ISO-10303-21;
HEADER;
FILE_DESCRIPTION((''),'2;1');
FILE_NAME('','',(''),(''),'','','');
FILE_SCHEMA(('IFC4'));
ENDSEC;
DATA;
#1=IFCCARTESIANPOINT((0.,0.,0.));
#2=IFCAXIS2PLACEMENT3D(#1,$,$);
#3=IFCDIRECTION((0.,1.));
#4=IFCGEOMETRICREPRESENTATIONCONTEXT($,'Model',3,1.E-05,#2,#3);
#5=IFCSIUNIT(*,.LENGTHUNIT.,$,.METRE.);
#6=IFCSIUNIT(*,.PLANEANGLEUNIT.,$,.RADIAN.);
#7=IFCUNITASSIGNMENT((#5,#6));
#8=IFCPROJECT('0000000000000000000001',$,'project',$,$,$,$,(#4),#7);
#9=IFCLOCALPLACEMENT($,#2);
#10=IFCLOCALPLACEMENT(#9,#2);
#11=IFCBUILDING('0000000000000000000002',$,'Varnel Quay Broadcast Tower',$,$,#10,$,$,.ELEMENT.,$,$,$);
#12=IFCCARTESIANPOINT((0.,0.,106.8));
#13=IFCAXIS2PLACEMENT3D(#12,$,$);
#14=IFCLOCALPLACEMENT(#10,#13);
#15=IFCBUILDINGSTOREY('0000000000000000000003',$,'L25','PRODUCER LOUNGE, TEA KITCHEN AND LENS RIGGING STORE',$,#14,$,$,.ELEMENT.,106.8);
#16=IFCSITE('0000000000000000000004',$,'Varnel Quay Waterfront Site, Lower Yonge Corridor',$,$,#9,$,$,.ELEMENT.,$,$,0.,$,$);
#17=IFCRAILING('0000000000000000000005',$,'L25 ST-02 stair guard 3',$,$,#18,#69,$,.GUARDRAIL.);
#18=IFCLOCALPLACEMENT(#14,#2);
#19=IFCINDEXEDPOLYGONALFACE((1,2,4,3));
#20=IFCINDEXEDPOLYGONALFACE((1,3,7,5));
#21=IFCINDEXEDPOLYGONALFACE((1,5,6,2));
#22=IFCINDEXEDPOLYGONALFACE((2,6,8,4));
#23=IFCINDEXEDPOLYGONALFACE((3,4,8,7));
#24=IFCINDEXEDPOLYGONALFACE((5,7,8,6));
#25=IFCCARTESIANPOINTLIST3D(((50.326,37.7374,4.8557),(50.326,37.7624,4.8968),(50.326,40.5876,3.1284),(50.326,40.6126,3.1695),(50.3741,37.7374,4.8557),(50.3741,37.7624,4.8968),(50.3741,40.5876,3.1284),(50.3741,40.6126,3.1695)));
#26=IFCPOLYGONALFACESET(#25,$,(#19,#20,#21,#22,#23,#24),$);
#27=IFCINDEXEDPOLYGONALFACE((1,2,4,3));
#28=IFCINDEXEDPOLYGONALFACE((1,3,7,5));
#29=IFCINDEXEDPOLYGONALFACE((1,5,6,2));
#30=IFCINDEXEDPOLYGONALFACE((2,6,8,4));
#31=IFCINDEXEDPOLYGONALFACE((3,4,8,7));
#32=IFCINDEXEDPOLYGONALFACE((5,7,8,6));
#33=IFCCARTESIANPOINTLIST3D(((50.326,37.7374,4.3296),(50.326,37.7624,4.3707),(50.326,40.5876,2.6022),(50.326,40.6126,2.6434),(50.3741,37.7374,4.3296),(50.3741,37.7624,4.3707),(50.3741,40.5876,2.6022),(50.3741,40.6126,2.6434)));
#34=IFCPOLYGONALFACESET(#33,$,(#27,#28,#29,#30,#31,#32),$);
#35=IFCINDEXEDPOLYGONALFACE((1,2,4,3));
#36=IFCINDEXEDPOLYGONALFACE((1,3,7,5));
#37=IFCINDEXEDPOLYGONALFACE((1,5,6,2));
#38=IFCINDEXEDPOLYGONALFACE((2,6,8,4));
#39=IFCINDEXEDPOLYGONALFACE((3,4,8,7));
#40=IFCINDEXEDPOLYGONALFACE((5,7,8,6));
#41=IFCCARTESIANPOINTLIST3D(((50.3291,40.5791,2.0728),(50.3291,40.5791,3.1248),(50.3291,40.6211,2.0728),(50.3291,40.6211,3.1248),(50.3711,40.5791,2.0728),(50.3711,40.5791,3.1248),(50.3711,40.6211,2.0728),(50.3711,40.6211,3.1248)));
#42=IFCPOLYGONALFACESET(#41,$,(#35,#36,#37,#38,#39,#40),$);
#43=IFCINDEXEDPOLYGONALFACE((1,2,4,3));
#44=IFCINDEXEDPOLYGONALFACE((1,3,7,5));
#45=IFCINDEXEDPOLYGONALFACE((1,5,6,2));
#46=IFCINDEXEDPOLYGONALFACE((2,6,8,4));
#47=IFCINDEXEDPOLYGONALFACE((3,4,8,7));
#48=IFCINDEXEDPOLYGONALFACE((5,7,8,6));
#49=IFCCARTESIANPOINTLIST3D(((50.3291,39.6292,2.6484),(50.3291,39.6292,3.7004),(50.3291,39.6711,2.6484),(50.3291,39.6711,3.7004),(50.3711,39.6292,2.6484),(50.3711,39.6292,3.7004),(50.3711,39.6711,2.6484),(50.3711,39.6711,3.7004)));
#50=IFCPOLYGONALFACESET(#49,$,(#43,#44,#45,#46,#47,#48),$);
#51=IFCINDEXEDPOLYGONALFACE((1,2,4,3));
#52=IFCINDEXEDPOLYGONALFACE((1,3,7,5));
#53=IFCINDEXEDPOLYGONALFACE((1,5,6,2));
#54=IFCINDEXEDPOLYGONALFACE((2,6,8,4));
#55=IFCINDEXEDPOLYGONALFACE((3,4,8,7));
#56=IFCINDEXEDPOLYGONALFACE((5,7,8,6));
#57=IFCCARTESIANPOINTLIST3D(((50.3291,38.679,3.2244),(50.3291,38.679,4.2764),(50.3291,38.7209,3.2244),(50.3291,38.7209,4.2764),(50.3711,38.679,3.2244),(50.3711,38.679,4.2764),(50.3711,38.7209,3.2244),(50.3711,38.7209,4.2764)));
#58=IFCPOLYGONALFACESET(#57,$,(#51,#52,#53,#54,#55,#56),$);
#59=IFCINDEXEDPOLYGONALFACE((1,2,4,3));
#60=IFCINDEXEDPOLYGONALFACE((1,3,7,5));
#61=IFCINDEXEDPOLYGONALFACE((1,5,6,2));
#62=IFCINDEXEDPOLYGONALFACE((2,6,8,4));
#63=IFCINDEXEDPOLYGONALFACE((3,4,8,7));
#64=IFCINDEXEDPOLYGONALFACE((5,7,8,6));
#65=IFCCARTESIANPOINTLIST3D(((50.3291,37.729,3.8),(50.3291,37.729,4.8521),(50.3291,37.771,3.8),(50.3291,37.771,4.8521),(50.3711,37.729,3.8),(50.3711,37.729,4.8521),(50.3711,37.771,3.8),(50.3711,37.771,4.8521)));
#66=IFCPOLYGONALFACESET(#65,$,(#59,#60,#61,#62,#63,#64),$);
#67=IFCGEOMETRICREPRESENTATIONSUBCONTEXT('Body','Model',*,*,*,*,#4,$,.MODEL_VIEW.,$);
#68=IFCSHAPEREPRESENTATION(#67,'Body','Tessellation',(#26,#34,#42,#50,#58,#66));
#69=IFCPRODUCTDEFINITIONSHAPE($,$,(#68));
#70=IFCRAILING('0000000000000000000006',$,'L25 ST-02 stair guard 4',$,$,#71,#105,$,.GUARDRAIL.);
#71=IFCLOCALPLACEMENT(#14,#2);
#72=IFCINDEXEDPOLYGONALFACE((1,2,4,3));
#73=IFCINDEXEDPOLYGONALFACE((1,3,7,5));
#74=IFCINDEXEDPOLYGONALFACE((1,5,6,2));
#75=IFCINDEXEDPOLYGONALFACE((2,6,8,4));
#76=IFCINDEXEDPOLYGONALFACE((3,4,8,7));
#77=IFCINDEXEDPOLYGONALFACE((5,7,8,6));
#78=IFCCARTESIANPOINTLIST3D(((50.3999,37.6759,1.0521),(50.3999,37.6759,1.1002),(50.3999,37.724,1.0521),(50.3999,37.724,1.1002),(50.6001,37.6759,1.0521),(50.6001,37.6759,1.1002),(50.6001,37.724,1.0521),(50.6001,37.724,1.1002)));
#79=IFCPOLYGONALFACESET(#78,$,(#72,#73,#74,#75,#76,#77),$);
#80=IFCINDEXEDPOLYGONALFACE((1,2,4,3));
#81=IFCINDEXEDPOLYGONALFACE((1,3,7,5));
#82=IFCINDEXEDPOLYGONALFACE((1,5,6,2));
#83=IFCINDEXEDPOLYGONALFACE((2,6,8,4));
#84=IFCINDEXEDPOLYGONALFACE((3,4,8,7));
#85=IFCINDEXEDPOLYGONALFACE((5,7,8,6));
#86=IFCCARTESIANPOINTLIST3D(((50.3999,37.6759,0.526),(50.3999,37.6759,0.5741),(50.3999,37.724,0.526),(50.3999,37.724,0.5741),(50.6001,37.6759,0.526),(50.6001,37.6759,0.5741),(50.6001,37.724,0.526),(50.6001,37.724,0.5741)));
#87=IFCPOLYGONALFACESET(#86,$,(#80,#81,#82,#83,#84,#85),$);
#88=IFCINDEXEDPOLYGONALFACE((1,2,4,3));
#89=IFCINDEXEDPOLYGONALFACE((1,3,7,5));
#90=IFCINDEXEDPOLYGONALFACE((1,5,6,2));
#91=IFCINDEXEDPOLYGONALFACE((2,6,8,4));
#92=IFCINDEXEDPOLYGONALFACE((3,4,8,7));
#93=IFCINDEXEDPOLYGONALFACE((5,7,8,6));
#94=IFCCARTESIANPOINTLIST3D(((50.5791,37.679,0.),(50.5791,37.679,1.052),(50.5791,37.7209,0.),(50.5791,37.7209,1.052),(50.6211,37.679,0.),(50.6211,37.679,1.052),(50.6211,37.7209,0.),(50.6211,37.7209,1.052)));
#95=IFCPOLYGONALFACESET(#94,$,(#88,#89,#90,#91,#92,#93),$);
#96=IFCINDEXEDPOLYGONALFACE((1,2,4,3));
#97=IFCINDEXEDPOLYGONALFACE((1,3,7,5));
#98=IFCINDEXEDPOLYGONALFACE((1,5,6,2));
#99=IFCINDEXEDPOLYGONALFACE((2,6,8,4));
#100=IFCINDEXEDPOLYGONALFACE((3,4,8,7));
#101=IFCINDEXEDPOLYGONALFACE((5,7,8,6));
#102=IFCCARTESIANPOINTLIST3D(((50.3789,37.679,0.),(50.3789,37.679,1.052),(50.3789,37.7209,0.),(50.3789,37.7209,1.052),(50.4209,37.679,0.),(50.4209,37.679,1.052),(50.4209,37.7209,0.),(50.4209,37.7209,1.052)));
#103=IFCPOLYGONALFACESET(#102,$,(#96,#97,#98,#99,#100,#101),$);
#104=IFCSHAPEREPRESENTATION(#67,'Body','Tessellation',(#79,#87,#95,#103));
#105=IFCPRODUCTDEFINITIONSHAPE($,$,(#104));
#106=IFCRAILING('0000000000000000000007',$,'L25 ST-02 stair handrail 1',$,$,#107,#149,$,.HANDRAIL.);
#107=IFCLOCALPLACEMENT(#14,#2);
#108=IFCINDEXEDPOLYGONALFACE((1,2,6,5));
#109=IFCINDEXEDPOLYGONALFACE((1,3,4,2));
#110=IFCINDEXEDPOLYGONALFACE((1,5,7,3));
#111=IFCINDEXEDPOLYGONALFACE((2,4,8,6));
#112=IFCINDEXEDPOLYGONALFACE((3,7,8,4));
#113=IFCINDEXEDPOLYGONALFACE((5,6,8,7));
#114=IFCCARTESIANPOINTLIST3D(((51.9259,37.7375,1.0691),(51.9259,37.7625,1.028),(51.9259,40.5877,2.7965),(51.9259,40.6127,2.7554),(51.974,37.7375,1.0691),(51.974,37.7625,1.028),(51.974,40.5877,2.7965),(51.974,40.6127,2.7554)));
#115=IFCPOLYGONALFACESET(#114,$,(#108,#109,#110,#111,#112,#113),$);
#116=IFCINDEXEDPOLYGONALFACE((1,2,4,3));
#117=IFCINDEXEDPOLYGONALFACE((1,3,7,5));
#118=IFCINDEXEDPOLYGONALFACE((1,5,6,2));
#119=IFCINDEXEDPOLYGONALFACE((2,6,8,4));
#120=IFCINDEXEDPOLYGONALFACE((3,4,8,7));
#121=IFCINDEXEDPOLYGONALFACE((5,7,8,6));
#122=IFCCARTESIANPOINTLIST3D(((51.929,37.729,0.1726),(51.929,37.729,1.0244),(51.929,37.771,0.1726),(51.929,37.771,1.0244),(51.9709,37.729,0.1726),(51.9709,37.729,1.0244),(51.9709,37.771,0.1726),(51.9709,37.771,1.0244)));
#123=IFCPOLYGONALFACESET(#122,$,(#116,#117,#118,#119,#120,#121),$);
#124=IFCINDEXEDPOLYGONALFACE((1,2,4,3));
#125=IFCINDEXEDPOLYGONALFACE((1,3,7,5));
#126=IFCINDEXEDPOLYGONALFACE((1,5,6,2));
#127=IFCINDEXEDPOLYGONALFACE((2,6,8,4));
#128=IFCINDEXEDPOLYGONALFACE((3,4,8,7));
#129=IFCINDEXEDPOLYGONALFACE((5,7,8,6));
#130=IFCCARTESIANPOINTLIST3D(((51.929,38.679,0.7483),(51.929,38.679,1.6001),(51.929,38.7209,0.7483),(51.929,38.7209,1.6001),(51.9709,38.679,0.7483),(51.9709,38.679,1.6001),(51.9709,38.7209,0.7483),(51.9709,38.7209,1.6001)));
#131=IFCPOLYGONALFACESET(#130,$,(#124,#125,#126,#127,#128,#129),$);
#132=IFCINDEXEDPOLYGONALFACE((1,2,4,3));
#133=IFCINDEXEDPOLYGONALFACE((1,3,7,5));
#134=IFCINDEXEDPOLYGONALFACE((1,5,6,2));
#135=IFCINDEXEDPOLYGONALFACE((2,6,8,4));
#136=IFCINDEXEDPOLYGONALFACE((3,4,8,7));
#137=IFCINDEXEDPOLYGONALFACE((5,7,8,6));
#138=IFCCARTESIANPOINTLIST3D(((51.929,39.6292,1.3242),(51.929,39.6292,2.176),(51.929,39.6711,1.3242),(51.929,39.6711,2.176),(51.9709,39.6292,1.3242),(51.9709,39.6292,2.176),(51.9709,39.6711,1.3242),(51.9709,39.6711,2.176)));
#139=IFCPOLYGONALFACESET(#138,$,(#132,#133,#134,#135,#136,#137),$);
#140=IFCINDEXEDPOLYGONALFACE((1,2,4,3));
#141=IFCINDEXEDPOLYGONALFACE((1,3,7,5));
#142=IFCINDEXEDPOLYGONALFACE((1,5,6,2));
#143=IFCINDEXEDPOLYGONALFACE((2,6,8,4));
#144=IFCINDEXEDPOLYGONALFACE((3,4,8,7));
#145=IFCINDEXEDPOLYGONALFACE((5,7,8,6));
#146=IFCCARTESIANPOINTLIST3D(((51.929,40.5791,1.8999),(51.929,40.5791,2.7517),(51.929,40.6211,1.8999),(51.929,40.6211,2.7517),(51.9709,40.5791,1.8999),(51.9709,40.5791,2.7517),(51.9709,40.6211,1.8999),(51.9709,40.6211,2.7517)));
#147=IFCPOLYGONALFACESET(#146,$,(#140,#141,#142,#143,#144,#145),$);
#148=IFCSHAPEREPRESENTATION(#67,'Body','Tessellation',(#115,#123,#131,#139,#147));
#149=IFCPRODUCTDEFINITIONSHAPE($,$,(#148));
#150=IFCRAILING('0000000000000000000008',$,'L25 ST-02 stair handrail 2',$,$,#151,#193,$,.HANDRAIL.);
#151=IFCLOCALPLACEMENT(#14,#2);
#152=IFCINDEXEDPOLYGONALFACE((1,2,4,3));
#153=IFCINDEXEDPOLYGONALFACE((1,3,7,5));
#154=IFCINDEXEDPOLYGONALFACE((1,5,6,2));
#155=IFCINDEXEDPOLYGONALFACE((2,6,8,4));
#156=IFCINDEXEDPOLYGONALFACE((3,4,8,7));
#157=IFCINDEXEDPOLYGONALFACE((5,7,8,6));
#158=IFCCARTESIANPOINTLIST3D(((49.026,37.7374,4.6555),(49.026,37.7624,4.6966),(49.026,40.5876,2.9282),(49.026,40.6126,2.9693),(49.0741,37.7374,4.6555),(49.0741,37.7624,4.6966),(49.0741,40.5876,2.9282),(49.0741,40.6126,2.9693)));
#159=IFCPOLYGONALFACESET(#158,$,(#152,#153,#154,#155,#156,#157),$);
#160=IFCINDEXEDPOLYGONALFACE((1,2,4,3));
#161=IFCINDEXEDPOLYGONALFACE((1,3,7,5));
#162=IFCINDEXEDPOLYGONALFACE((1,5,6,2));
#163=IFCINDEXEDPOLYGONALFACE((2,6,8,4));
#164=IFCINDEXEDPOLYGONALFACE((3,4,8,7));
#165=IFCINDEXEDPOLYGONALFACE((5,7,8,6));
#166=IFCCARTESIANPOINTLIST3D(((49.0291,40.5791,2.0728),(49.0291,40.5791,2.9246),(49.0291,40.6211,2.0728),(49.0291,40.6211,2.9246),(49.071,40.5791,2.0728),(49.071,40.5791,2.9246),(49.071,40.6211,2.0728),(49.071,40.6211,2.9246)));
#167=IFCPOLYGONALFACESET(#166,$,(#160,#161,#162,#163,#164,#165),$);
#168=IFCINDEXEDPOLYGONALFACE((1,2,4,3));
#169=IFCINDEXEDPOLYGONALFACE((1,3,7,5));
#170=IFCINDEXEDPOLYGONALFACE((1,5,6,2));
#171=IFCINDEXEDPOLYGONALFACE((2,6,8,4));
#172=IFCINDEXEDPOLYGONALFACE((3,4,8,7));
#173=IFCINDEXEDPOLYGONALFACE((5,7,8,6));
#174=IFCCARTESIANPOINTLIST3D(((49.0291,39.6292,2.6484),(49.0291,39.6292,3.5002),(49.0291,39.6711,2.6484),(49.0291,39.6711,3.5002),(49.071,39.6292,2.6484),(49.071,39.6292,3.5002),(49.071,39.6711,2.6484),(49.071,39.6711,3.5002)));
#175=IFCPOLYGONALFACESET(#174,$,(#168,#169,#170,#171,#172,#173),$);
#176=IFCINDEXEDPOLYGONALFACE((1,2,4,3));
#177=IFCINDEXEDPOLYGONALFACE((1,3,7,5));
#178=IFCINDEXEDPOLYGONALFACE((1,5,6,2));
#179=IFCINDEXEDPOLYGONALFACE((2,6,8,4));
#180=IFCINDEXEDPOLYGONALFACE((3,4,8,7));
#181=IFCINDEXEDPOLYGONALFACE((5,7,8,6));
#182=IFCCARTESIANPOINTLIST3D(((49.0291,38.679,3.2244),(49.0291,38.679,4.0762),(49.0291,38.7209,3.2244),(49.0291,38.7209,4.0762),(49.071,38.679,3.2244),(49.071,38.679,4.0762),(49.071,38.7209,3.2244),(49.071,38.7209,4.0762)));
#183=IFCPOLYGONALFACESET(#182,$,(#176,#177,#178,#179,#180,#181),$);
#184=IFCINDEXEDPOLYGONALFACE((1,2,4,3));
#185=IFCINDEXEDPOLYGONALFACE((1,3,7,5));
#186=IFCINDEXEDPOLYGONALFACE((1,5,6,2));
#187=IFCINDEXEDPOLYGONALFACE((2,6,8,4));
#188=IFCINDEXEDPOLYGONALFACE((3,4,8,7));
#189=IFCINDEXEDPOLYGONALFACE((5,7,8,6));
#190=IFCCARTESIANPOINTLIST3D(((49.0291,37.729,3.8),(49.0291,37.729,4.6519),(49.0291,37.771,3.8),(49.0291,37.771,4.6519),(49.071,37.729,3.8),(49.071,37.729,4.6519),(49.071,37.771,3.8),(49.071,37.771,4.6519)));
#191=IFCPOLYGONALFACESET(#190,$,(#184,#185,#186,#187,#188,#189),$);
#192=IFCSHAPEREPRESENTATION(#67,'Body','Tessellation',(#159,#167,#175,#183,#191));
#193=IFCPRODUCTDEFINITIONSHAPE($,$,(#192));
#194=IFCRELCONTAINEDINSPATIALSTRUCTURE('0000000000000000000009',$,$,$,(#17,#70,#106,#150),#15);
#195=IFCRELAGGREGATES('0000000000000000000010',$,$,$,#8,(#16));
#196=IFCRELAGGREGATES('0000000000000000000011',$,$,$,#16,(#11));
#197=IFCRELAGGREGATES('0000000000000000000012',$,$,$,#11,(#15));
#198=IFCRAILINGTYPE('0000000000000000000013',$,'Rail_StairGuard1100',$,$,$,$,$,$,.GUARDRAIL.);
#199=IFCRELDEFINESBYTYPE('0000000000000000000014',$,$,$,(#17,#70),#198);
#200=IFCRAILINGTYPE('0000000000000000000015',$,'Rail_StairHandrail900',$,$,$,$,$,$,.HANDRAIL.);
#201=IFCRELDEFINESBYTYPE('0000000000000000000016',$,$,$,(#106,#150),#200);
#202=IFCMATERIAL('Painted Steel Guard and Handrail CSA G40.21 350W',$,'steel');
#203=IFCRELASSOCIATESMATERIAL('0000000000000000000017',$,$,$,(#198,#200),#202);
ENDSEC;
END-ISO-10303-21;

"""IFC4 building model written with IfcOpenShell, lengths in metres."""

from ifc_helpers import new_model, si_unit, direction, frame, origin, origin_2d, place, context, subcontext, project, spatial, rectangle, extrude, material, type_object, element, save


model = new_model("IFC4")

# Units and contexts
model_context = context("Model", 3, precision=1e-05, world=origin(), true_north=direction((0.0, 1.0)))
body_context = subcontext(model_context, "Body", "Model", "MODEL_VIEW")
ifc_project = project(units=[si_unit("LENGTHUNIT", "METRE"), si_unit("PLANEANGLEUNIT", "RADIAN")], contexts=[model_context])

# Site, building, storey
site_placement = place(None, origin())
site = spatial("IfcSite", under=ifc_project, at=site_placement, Name="Varnel Quay Waterfront Site, Lower Yonge Corridor", CompositionType="ELEMENT", RefElevation=0.0)
building_placement = place(site_placement, origin())
building = spatial("IfcBuilding", under=site, at=building_placement, Name="Varnel Quay Broadcast Tower", CompositionType="ELEMENT")
storey_placement = place(building_placement, frame((0.0, 0.0, 106.8)))
storey = spatial("IfcBuildingStorey", under=building, at=storey_placement, Name="L25", Description="PRODUCER LOUNGE, TEA KITCHEN AND LENS RIGGING STORE", CompositionType="ELEMENT", Elevation=106.8)

# Railings
ifc_material_1 = material(Name="Painted Steel Guard and Handrail CSA G40.21 350W", Category="steel")
railing_type_1 = type_object("IfcRailingType", Name="Rail_StairGuard1100", PredefinedType="GUARDRAIL", material=ifc_material_1)
railing_1_placement = place(storey_placement, frame((50.3501, 40.6001, 2.0728)))
element("IfcRailing", 1, at=railing_1_placement, inside=storey, type_object=railing_type_1, Name="L25 ST-02 stair guard 3", PredefinedType="GUARDRAIL", context=body_context, shape_type="SweptSolid", body=[
    extrude(rectangle(XDim=0.0481, YDim=0.0481, at=origin_2d()), frame((0.0, 0.0, 1.0762), z_axis=(0.0, -0.855203, 0.518294), x_axis=(1.0, 0.0, 0.0)), (0.0, 0.0, 1.0), 3.3328),
    extrude(rectangle(XDim=0.0481, YDim=0.0481, at=origin_2d()), frame((0.0, 0.0, 0.55), z_axis=(0.0, -0.855203, 0.518294), x_axis=(1.0, 0.0, 0.0)), (0.0, 0.0, 1.0), 3.3328),
    extrude(rectangle(XDim=0.042, YDim=0.042, at=origin_2d()), origin(), (0.0, 0.0, 1.0), 1.052),
    extrude(rectangle(XDim=0.042, YDim=0.042, at=origin_2d()), frame((0.0, -0.95, 0.5757)), (0.0, 0.0, 1.0), 1.052),
    extrude(rectangle(XDim=0.042, YDim=0.042, at=origin_2d()), frame((0.0, -1.9001, 1.1516)), (0.0, 0.0, 1.0), 1.052),
    extrude(rectangle(XDim=0.042, YDim=0.042, at=origin_2d()), frame((0.0, -2.8501, 1.7273)), (0.0, 0.0, 1.0), 1.052),
])
railing_2_placement = place(storey_placement, frame((50.6001, 37.7, 0.0)))
element("IfcRailing", 2, at=railing_2_placement, inside=storey, type_object=railing_type_1, Name="L25 ST-02 stair guard 4", PredefinedType="GUARDRAIL", context=body_context, shape_type="SweptSolid", body=[
    extrude(rectangle(XDim=0.0481, YDim=0.0481, at=origin_2d()), frame((0.0, 0.0, 1.0762), z_axis=(-1.0, 0.0, 0.0), x_axis=(0.0, -1.0, 0.0)), (0.0, 0.0, 1.0), 0.2002),
    extrude(rectangle(XDim=0.0481, YDim=0.0481, at=origin_2d()), frame((0.0, 0.0, 0.55), z_axis=(-1.0, 0.0, 0.0), x_axis=(0.0, -1.0, 0.0)), (0.0, 0.0, 1.0), 0.2002),
    extrude(rectangle(XDim=0.042, YDim=0.042, at=origin_2d()), origin(), (0.0, 0.0, 1.0), 1.052),
    extrude(rectangle(XDim=0.042, YDim=0.042, at=origin_2d()), frame((-0.2002, 0.0, 0.0)), (0.0, 0.0, 1.0), 1.052),
])
railing_type_2 = type_object("IfcRailingType", Name="Rail_StairHandrail900", PredefinedType="HANDRAIL", material=ifc_material_1)
railing_3_placement = place(storey_placement, frame((51.95, 37.75, 0.1726)))
element("IfcRailing", 3, at=railing_3_placement, inside=storey, type_object=railing_type_2, Name="L25 ST-02 stair handrail 1", PredefinedType="HANDRAIL", context=body_context, shape_type="SweptSolid", body=[
    extrude(rectangle(XDim=0.0481, YDim=0.0481, at=origin_2d()), frame((0.0, 0.0, 0.876), z_axis=(0.0, 0.855203, 0.518294), x_axis=(-1.0, 0.0, 0.0)), (0.0, 0.0, 1.0), 3.3328),
    extrude(rectangle(XDim=0.042, YDim=0.042, at=origin_2d()), origin(), (0.0, 0.0, 1.0), 0.8518),
    extrude(rectangle(XDim=0.042, YDim=0.042, at=origin_2d()), frame((0.0, 0.95, 0.5757)), (0.0, 0.0, 1.0), 0.8518),
    extrude(rectangle(XDim=0.042, YDim=0.042, at=origin_2d()), frame((0.0, 1.9001, 1.1516)), (0.0, 0.0, 1.0), 0.8518),
    extrude(rectangle(XDim=0.042, YDim=0.042, at=origin_2d()), frame((0.0, 2.8501, 1.7273)), (0.0, 0.0, 1.0), 0.8518),
])
railing_4_placement = place(storey_placement, frame((49.05, 40.6001, 2.0728)))
element("IfcRailing", 4, at=railing_4_placement, inside=storey, type_object=railing_type_2, Name="L25 ST-02 stair handrail 2", PredefinedType="HANDRAIL", context=body_context, shape_type="SweptSolid", body=[
    extrude(rectangle(XDim=0.0481, YDim=0.0481, at=origin_2d()), frame((0.0, 0.0, 0.876), z_axis=(0.0, -0.855203, 0.518294), x_axis=(1.0, 0.0, 0.0)), (0.0, 0.0, 1.0), 3.3328),
    extrude(rectangle(XDim=0.042, YDim=0.042, at=origin_2d()), origin(), (0.0, 0.0, 1.0), 0.8518),
    extrude(rectangle(XDim=0.042, YDim=0.042, at=origin_2d()), frame((0.0, -0.95, 0.5757)), (0.0, 0.0, 1.0), 0.8518),
    extrude(rectangle(XDim=0.042, YDim=0.042, at=origin_2d()), frame((0.0, -1.9001, 1.1516)), (0.0, 0.0, 1.0), 0.8518),
    extrude(rectangle(XDim=0.042, YDim=0.042, at=origin_2d()), frame((0.0, -2.8501, 1.7273)), (0.0, 0.0, 1.0), 0.8518),
])

save(model, "model.ifc")
